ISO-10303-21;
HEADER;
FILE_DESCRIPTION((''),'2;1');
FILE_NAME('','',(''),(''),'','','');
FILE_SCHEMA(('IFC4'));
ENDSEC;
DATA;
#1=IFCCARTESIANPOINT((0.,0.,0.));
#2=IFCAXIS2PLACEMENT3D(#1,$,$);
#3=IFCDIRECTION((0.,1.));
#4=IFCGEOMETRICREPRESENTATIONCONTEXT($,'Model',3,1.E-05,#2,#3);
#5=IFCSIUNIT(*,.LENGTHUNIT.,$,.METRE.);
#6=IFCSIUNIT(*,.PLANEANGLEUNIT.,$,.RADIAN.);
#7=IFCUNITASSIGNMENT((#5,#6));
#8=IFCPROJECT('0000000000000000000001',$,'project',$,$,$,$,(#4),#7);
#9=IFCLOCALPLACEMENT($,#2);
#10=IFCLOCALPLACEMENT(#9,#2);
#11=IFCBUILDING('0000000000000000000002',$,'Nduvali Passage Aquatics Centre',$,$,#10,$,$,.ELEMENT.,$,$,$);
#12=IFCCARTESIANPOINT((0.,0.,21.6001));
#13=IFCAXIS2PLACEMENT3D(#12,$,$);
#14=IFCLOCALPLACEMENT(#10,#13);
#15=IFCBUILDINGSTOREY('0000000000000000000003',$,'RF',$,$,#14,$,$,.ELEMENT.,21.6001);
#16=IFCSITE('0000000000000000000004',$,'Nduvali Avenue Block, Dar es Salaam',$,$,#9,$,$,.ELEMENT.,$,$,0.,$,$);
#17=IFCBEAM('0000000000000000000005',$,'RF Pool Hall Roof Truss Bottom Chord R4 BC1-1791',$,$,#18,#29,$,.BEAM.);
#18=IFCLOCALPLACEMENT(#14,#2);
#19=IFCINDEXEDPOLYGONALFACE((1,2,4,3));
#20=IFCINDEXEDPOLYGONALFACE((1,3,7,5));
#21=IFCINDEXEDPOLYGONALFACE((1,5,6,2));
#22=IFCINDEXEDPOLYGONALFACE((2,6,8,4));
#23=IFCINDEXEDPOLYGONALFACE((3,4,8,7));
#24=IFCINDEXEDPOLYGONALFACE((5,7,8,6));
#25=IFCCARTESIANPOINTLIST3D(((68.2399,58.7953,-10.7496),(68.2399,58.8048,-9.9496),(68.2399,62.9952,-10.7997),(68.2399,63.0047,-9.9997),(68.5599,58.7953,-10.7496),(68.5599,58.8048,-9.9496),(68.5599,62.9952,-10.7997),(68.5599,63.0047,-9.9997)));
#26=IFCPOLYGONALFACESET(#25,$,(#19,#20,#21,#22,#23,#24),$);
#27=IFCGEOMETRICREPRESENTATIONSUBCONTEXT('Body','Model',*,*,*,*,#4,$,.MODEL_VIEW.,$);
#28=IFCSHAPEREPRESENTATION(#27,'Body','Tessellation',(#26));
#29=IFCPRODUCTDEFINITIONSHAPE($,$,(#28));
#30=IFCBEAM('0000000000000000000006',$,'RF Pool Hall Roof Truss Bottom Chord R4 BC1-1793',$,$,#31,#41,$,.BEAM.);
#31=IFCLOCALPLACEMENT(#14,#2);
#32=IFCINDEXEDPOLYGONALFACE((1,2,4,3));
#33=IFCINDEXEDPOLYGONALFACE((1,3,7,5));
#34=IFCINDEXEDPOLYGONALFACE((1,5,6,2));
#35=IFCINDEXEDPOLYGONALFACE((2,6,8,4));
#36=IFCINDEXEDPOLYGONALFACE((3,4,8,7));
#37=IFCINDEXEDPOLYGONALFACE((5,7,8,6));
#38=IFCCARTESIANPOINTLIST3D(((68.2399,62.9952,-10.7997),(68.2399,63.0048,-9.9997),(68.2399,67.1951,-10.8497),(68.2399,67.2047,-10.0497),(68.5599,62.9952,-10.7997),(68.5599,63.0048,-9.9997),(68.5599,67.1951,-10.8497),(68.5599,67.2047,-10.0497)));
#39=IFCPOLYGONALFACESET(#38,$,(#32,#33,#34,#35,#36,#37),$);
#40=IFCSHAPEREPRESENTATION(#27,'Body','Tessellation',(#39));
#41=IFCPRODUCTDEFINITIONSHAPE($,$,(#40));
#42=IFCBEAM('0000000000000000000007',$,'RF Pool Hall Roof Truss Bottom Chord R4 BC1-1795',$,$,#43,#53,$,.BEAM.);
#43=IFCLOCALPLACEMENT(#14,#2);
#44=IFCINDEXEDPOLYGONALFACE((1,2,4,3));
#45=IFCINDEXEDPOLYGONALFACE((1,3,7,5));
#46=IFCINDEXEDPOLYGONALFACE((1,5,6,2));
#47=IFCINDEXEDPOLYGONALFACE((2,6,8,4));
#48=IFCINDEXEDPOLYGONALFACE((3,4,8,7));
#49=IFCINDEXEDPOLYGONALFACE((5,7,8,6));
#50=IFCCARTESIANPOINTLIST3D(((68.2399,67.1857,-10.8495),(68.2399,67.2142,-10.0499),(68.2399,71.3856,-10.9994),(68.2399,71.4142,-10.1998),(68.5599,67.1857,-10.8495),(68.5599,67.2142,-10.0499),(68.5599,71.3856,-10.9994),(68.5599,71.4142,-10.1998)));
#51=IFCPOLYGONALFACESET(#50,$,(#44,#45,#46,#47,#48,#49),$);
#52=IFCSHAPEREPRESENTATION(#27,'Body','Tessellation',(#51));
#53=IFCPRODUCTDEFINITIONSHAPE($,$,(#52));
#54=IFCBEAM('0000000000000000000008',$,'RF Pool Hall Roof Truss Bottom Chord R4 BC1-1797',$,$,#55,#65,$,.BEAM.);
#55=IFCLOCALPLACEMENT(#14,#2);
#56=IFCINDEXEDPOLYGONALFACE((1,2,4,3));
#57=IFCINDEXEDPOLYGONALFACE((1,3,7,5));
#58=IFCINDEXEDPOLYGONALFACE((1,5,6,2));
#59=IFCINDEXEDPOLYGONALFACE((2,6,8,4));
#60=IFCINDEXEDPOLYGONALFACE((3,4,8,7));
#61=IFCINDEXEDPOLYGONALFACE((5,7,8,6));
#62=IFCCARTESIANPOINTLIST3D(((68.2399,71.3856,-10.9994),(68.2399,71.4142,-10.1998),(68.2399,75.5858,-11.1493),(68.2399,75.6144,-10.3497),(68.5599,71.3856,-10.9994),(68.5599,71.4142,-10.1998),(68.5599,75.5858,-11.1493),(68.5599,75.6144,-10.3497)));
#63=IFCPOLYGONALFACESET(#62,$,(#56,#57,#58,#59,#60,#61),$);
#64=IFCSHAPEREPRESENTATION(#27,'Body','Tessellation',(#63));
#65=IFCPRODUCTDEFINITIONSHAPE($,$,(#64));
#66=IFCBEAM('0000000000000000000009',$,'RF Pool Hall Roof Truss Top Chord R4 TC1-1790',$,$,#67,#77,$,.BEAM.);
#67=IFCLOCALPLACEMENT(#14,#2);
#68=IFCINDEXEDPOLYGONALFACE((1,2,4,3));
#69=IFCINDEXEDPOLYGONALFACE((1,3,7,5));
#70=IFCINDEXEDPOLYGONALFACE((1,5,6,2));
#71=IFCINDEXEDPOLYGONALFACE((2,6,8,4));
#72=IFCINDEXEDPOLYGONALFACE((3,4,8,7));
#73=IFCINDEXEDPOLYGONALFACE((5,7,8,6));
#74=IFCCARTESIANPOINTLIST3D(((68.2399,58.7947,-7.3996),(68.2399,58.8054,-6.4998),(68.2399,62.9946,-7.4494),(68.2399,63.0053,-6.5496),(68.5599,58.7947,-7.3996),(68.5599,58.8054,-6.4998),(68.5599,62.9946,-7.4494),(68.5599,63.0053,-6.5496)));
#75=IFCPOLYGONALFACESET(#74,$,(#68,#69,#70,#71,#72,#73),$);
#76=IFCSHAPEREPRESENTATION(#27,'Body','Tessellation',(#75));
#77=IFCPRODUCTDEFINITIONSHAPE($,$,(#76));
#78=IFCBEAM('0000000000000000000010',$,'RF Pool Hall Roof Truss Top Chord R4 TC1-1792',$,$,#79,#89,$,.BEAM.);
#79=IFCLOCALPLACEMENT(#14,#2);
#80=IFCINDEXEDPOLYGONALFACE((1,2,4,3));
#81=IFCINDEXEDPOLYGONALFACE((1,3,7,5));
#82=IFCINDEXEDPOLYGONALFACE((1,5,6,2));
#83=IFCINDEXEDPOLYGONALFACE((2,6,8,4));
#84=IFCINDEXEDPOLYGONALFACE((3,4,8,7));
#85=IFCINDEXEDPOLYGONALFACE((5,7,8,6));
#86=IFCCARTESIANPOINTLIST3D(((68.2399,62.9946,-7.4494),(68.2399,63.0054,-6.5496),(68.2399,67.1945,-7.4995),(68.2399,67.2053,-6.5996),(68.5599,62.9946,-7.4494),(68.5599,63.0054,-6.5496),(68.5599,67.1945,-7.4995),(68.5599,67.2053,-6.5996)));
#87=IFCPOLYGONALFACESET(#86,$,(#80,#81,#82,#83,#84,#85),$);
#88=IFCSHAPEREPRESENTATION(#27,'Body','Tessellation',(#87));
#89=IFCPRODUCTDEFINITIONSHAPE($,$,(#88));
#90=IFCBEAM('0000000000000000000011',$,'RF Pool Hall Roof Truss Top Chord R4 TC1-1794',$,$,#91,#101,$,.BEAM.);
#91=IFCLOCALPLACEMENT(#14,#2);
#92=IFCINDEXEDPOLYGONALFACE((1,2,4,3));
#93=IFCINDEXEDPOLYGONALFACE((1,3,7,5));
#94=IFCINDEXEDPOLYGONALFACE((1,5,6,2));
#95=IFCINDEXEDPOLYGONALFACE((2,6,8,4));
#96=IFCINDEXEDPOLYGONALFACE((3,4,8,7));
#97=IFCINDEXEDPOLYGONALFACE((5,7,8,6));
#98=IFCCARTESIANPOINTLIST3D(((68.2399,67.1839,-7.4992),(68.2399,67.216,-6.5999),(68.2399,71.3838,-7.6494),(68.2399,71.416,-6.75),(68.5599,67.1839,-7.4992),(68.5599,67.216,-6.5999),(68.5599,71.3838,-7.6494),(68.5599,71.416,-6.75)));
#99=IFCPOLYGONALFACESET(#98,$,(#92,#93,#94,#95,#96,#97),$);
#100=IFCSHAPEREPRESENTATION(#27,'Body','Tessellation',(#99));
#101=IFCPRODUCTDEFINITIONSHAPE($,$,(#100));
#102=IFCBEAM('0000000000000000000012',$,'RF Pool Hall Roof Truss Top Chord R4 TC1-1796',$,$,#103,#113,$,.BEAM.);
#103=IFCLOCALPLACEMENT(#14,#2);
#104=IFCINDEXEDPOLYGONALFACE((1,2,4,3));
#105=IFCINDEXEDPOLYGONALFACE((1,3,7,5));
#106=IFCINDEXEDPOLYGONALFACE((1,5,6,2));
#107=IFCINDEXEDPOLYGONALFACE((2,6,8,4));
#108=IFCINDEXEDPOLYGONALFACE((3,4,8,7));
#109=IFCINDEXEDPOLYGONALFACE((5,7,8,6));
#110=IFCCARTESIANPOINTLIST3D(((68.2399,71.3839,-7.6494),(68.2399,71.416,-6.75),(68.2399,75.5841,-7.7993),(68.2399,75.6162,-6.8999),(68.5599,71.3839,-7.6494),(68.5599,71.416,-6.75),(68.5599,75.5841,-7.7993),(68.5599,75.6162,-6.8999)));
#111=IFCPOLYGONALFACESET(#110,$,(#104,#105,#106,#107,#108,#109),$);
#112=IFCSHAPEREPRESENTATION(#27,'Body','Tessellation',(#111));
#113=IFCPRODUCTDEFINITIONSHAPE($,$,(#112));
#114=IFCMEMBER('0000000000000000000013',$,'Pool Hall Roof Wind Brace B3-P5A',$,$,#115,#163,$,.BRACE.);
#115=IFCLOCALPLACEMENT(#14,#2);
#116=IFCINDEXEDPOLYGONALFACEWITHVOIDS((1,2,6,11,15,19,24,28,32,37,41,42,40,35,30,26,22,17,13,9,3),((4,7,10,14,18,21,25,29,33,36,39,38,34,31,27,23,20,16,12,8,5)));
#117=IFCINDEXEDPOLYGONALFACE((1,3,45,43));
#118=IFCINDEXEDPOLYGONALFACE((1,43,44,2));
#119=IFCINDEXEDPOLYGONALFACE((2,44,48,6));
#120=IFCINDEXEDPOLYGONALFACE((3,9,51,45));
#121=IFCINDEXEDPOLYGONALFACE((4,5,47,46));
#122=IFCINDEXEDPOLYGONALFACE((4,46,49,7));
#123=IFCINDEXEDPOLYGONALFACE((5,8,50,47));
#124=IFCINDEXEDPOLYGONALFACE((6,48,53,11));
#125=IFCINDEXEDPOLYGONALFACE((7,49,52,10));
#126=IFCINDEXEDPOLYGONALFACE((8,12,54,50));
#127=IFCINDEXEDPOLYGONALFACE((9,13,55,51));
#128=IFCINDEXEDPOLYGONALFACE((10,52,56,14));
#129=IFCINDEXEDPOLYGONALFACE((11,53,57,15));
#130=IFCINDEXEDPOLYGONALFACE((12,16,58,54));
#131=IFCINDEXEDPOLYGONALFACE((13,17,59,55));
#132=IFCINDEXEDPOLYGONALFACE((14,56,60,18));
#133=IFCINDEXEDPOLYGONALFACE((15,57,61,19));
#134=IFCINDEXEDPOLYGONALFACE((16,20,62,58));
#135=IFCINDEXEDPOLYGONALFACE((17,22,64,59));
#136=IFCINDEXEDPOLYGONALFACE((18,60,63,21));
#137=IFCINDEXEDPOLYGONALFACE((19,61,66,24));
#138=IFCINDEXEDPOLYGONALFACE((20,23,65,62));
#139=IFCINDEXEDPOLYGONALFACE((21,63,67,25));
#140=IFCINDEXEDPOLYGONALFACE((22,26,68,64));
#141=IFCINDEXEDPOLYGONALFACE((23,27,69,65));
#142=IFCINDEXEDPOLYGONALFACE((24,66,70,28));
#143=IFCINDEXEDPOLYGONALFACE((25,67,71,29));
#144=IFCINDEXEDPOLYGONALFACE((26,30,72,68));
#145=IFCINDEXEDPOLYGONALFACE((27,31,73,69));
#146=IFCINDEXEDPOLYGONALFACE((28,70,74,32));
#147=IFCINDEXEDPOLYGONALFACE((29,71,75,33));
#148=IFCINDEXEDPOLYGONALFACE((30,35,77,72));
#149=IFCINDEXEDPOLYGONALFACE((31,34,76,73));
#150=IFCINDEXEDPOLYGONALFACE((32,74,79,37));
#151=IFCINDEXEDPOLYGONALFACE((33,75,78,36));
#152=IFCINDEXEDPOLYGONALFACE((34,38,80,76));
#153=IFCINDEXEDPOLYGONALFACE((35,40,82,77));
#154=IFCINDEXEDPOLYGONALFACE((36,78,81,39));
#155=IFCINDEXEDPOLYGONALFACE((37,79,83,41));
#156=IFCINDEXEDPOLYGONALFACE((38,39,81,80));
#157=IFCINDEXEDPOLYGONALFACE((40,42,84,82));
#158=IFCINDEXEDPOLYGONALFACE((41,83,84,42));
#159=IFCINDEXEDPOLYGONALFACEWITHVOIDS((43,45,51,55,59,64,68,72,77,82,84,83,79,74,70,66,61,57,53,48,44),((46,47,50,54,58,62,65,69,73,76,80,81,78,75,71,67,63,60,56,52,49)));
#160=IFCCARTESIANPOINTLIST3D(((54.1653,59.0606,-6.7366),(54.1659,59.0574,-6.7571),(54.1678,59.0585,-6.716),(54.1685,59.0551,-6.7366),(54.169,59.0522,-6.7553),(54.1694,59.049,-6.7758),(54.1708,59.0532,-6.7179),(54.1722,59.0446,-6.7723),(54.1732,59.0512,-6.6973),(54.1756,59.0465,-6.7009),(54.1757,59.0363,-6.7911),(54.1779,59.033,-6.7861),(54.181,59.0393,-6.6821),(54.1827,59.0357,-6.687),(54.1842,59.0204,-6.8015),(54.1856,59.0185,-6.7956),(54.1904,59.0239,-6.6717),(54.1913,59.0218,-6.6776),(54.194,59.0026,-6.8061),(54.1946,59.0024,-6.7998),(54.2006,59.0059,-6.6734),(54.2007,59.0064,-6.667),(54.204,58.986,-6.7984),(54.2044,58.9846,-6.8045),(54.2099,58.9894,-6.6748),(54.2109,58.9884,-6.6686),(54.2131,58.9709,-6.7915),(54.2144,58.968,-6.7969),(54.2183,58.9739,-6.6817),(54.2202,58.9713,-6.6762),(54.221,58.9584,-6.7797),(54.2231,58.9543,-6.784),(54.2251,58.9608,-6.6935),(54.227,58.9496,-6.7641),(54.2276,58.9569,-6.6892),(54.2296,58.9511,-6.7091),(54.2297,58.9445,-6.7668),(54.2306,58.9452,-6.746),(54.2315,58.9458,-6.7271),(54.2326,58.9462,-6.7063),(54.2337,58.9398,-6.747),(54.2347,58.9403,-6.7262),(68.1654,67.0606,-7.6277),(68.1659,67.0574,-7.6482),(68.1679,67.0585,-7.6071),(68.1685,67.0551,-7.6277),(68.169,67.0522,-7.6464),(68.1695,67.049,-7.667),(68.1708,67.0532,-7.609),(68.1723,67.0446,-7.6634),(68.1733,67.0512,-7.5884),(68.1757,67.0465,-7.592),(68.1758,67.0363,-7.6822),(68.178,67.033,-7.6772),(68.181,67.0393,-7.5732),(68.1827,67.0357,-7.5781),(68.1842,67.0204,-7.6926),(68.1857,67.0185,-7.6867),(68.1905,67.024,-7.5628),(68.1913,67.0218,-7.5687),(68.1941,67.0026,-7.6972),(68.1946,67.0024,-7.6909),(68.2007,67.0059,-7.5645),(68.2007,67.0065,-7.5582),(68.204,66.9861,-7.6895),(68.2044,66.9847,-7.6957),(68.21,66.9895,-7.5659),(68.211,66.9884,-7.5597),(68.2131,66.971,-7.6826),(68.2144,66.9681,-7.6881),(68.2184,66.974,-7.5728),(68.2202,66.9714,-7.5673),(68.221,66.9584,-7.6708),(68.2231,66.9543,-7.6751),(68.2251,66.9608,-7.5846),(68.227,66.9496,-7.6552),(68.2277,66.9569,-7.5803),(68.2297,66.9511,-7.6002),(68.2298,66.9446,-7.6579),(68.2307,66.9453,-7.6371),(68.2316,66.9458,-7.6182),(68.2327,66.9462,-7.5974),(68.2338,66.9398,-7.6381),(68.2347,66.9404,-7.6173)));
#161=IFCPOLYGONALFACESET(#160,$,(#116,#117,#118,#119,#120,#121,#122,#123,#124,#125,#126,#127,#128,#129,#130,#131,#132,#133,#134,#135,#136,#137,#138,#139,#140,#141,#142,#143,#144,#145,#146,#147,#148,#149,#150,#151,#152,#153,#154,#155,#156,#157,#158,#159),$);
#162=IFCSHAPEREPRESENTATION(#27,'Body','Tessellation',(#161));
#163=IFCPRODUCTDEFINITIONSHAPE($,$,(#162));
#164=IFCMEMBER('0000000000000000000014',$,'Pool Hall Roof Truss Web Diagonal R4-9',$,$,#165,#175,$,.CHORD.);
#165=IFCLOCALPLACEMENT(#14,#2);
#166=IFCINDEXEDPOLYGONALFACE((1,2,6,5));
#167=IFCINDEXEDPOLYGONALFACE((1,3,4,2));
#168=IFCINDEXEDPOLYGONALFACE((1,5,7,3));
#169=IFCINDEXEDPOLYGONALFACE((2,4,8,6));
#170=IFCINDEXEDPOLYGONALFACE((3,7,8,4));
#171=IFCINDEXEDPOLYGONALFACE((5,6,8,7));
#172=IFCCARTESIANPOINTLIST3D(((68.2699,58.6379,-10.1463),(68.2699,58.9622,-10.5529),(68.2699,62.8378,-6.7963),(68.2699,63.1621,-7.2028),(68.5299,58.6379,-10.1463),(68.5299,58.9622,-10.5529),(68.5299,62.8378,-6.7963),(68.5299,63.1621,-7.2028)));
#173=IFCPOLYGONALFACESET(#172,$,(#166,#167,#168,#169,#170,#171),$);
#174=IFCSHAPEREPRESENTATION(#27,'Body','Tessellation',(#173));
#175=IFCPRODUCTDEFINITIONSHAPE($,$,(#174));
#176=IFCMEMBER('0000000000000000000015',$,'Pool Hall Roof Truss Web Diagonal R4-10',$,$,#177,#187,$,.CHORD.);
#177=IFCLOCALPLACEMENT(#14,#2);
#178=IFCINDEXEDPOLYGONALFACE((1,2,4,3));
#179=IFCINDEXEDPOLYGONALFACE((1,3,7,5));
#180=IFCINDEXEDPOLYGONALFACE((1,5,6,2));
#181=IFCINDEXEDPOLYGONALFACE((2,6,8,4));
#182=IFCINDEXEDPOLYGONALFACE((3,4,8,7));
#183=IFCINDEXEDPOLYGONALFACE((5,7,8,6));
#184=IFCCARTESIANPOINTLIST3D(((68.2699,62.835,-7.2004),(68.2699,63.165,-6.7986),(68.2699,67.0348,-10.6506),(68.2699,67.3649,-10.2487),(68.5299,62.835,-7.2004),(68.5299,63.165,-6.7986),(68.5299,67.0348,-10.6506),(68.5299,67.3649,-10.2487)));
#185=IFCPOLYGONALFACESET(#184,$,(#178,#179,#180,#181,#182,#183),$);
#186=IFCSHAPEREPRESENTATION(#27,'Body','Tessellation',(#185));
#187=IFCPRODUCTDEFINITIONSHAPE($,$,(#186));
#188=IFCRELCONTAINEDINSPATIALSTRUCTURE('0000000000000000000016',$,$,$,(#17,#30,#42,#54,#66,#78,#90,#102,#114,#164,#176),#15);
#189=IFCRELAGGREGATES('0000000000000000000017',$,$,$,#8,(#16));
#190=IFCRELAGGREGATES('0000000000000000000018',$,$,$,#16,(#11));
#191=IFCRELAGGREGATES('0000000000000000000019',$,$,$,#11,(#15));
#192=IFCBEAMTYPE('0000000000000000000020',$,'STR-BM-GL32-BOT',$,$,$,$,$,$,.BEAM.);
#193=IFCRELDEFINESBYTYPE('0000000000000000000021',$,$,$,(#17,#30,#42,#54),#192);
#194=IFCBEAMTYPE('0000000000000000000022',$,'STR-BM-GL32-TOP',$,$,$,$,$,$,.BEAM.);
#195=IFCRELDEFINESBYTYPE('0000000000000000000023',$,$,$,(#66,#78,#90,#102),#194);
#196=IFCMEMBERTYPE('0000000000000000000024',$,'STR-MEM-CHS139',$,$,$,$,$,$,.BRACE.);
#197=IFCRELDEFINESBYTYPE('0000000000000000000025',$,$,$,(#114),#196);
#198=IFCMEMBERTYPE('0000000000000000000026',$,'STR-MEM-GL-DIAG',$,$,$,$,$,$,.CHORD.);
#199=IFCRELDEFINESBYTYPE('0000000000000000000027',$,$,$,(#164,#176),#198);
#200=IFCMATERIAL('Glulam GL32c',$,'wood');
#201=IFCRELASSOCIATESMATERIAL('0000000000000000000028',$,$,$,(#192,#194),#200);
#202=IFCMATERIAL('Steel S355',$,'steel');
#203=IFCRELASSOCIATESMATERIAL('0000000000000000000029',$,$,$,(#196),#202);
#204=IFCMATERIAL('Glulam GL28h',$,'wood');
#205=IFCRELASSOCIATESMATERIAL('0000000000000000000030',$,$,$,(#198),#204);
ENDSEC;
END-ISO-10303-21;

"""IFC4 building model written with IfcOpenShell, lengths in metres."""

from ifc_helpers import new_model, si_unit, direction, frame, origin, origin_2d, place, context, subcontext, project, spatial, rectangle, hollow_circle, extrude, material, material_profile, profile_set, type_object, element, save


model = new_model("IFC4")

# Units and contexts
model_context = context("Model", 3, precision=1e-05, world=origin(), true_north=direction((0.0, 1.0)))
body_context = subcontext(model_context, "Body", "Model", "MODEL_VIEW")
ifc_project = project(units=[si_unit("LENGTHUNIT", "METRE"), si_unit("PLANEANGLEUNIT", "RADIAN")], contexts=[model_context])

# Site, building, storey
site_placement = place(None, origin())
site = spatial("IfcSite", under=ifc_project, at=site_placement, Name="Nduvali Avenue Block, Dar es Salaam", CompositionType="ELEMENT", RefElevation=0.0)
building_placement = place(site_placement, origin())
building = spatial("IfcBuilding", under=site, at=building_placement, Name="Nduvali Passage Aquatics Centre", CompositionType="ELEMENT")
storey_placement = place(building_placement, frame((0.0, 0.0, 21.6001)))
storey = spatial("IfcBuildingStorey", under=building, at=storey_placement, Name="RF", CompositionType="ELEMENT", Elevation=21.6001)

# Beams
ifc_material_1 = material(Name="Glulam GL32c", Category="wood")
ifc_material_profile_1 = material_profile(ifc_material_1, rectangle(XDim=0.3201, YDim=0.8, at=origin_2d()), Name="GL32c 320x800")
ifc_profile_set_1 = profile_set([ifc_material_profile_1], Name="Glulam GL32c")
beam_type_1 = type_object("IfcBeamType", Name="STR-BM-GL32-BOT", PredefinedType="BEAM", material=ifc_profile_set_1)
for number, where, z_axis, x_axis, name in (
    (1, (68.3999, 58.8, -10.3496), (0.0, 0.999929, -0.011916), (-1.0, 0.0, 0.0), "RF Pool Hall Roof Truss Bottom Chord R4 BC1-1791"),
    (2, (68.3999, 63.0, -10.3997), (0.0, 0.999929, -0.011916), (-1.0, 0.0, 0.0), "RF Pool Hall Roof Truss Bottom Chord R4 BC1-1793"),
):
    element("IfcBeam", number, at=place(storey_placement, frame(where, z_axis=z_axis, x_axis=x_axis)), inside=storey, type_object=beam_type_1, Name=name, PredefinedType="BEAM", context=body_context, shape_type="SweptSolid", body=[
        extrude(rectangle(XDim=0.3201, YDim=0.8, at=origin_2d()), origin(), (0.0, 0.0, 1.0), 4.2002),
    ])
beam_1_placement = place(storey_placement, frame((68.3999, 67.2, -10.4497), z_axis=(0.0, 0.999364, -0.035669), x_axis=(-1.0, 0.0, 0.0)))
element("IfcBeam", 3, at=beam_1_placement, inside=storey, type_object=beam_type_1, Name="RF Pool Hall Roof Truss Bottom Chord R4 BC1-1795", PredefinedType="BEAM", context=body_context, shape_type="SweptSolid", body=[
    extrude(rectangle(XDim=0.3201, YDim=0.8, at=origin_2d()), origin(), (0.0, 0.0, 1.0), 4.2026),
])
beam_2_placement = place(storey_placement, frame((68.3999, 71.3999, -10.5996), z_axis=(0.0, 0.999364, -0.035667), x_axis=(-1.0, 0.0, 0.0)))
element("IfcBeam", 4, at=beam_2_placement, inside=storey, type_object=beam_type_1, Name="RF Pool Hall Roof Truss Bottom Chord R4 BC1-1797", PredefinedType="BEAM", context=body_context, shape_type="SweptSolid", body=[
    extrude(rectangle(XDim=0.3201, YDim=0.8, at=origin_2d()), origin(), (0.0, 0.0, 1.0), 4.2029),
])
ifc_material_profile_2 = material_profile(ifc_material_1, rectangle(XDim=0.3201, YDim=0.8999, at=origin_2d()), Name="GL32c 320x900")
ifc_profile_set_2 = profile_set([ifc_material_profile_2], Name="Glulam GL32c")
beam_type_2 = type_object("IfcBeamType", Name="STR-BM-GL32-TOP", PredefinedType="BEAM", material=ifc_profile_set_2)
for number, where, z_axis, x_axis, name in (
    (5, (68.3999, 58.8, -6.9497), (0.0, 0.99993, -0.011858), (-1.0, 0.0, 0.0), "RF Pool Hall Roof Truss Top Chord R4 TC1-1790"),
    (6, (68.3999, 63.0, -6.9995), (0.0, 0.999929, -0.011916), (-1.0, 0.0, 0.0), "RF Pool Hall Roof Truss Top Chord R4 TC1-1792"),
):
    element("IfcBeam", number, at=place(storey_placement, frame(where, z_axis=z_axis, x_axis=x_axis)), inside=storey, type_object=beam_type_2, Name=name, PredefinedType="BEAM", context=body_context, shape_type="SweptSolid", body=[
        extrude(rectangle(XDim=0.3201, YDim=0.8999, at=origin_2d()), origin(), (0.0, 0.0, 1.0), 4.2002),
    ])
beam_3_placement = place(storey_placement, frame((68.3999, 67.2, -7.0496), z_axis=(0.0, 0.999362, -0.035727), x_axis=(-1.0, 0.0, 0.0)))
element("IfcBeam", 7, at=beam_3_placement, inside=storey, type_object=beam_type_2, Name="RF Pool Hall Roof Truss Top Chord R4 TC1-1794", PredefinedType="BEAM", context=body_context, shape_type="SweptSolid", body=[
    extrude(rectangle(XDim=0.3201, YDim=0.8999, at=origin_2d()), origin(), (0.0, 0.0, 1.0), 4.2026),
])
beam_4_placement = place(storey_placement, frame((68.3999, 71.3999, -7.1997), z_axis=(0.0, 0.999364, -0.035667), x_axis=(-1.0, 0.0, 0.0)))
element("IfcBeam", 8, at=beam_4_placement, inside=storey, type_object=beam_type_2, Name="RF Pool Hall Roof Truss Top Chord R4 TC1-1796", PredefinedType="BEAM", context=body_context, shape_type="SweptSolid", body=[
    extrude(rectangle(XDim=0.3201, YDim=0.8999, at=origin_2d()), origin(), (0.0, 0.0, 1.0), 4.2029),
])

# Members
ifc_material_2 = material(Name="Steel S355", Category="steel")
ifc_material_profile_3 = material_profile(ifc_material_2, hollow_circle(Radius=0.0698, WallThickness=0.0063, at=origin_2d()), Name="CHS 139.7x6.3")
ifc_profile_set_3 = profile_set([ifc_material_profile_3], Name="Steel S355")
member_type_1 = type_object("IfcMemberType", Name="STR-MEM-CHS139", PredefinedType="BRACE", material=ifc_profile_set_3)
member_1_placement = place(storey_placement, frame((54.2, 59.0, -6.7366), z_axis=(0.86692, 0.495383, -0.05518), x_axis=(-0.496139, 0.868243, 0.0)))
element("IfcMember", 9, at=member_1_placement, inside=storey, type_object=member_type_1, Name="Pool Hall Roof Wind Brace B3-P5A", PredefinedType="BRACE", context=body_context, shape_type="SweptSolid", body=[
    extrude(hollow_circle(Radius=0.0698, WallThickness=0.0063, at=origin_2d()), origin(), (0.0, 0.0, 1.0), 16.1492),
])
ifc_material_3 = material(Name="Glulam GL28h", Category="wood")
ifc_material_profile_4 = material_profile(ifc_material_3, rectangle(XDim=0.26, YDim=0.52, at=origin_2d()), Name="GL28h 260x520")
ifc_profile_set_4 = profile_set([ifc_material_profile_4], Name="Glulam GL28h")
member_type_2 = type_object("IfcMemberType", Name="STR-MEM-GL-DIAG", PredefinedType="CHORD", material=ifc_profile_set_4)
member_2_placement = place(storey_placement, frame((68.3999, 58.8, -10.3496), z_axis=(0.0, 0.781764, 0.623575), x_axis=(-1.0, 0.0, 0.0)))
element("IfcMember", 10, at=member_2_placement, inside=storey, type_object=member_type_2, Name="Pool Hall Roof Truss Web Diagonal R4-9", PredefinedType="CHORD", context=body_context, shape_type="SweptSolid", body=[
    extrude(rectangle(XDim=0.26, YDim=0.52, at=origin_2d()), origin(), (0.0, 0.0, 1.0), 5.3723),
])
member_3_placement = place(storey_placement, frame((68.3999, 63.0, -6.9995), z_axis=(0.0, 0.772705, -0.634765), x_axis=(-1.0, 0.0, 0.0)))
element("IfcMember", 11, at=member_3_placement, inside=storey, type_object=member_type_2, Name="Pool Hall Roof Truss Web Diagonal R4-10", PredefinedType="CHORD", context=body_context, shape_type="SweptSolid", body=[
    extrude(rectangle(XDim=0.26, YDim=0.52, at=origin_2d()), origin(), (0.0, 0.0, 1.0), 5.4353),
])

save(model, "model.ifc")
